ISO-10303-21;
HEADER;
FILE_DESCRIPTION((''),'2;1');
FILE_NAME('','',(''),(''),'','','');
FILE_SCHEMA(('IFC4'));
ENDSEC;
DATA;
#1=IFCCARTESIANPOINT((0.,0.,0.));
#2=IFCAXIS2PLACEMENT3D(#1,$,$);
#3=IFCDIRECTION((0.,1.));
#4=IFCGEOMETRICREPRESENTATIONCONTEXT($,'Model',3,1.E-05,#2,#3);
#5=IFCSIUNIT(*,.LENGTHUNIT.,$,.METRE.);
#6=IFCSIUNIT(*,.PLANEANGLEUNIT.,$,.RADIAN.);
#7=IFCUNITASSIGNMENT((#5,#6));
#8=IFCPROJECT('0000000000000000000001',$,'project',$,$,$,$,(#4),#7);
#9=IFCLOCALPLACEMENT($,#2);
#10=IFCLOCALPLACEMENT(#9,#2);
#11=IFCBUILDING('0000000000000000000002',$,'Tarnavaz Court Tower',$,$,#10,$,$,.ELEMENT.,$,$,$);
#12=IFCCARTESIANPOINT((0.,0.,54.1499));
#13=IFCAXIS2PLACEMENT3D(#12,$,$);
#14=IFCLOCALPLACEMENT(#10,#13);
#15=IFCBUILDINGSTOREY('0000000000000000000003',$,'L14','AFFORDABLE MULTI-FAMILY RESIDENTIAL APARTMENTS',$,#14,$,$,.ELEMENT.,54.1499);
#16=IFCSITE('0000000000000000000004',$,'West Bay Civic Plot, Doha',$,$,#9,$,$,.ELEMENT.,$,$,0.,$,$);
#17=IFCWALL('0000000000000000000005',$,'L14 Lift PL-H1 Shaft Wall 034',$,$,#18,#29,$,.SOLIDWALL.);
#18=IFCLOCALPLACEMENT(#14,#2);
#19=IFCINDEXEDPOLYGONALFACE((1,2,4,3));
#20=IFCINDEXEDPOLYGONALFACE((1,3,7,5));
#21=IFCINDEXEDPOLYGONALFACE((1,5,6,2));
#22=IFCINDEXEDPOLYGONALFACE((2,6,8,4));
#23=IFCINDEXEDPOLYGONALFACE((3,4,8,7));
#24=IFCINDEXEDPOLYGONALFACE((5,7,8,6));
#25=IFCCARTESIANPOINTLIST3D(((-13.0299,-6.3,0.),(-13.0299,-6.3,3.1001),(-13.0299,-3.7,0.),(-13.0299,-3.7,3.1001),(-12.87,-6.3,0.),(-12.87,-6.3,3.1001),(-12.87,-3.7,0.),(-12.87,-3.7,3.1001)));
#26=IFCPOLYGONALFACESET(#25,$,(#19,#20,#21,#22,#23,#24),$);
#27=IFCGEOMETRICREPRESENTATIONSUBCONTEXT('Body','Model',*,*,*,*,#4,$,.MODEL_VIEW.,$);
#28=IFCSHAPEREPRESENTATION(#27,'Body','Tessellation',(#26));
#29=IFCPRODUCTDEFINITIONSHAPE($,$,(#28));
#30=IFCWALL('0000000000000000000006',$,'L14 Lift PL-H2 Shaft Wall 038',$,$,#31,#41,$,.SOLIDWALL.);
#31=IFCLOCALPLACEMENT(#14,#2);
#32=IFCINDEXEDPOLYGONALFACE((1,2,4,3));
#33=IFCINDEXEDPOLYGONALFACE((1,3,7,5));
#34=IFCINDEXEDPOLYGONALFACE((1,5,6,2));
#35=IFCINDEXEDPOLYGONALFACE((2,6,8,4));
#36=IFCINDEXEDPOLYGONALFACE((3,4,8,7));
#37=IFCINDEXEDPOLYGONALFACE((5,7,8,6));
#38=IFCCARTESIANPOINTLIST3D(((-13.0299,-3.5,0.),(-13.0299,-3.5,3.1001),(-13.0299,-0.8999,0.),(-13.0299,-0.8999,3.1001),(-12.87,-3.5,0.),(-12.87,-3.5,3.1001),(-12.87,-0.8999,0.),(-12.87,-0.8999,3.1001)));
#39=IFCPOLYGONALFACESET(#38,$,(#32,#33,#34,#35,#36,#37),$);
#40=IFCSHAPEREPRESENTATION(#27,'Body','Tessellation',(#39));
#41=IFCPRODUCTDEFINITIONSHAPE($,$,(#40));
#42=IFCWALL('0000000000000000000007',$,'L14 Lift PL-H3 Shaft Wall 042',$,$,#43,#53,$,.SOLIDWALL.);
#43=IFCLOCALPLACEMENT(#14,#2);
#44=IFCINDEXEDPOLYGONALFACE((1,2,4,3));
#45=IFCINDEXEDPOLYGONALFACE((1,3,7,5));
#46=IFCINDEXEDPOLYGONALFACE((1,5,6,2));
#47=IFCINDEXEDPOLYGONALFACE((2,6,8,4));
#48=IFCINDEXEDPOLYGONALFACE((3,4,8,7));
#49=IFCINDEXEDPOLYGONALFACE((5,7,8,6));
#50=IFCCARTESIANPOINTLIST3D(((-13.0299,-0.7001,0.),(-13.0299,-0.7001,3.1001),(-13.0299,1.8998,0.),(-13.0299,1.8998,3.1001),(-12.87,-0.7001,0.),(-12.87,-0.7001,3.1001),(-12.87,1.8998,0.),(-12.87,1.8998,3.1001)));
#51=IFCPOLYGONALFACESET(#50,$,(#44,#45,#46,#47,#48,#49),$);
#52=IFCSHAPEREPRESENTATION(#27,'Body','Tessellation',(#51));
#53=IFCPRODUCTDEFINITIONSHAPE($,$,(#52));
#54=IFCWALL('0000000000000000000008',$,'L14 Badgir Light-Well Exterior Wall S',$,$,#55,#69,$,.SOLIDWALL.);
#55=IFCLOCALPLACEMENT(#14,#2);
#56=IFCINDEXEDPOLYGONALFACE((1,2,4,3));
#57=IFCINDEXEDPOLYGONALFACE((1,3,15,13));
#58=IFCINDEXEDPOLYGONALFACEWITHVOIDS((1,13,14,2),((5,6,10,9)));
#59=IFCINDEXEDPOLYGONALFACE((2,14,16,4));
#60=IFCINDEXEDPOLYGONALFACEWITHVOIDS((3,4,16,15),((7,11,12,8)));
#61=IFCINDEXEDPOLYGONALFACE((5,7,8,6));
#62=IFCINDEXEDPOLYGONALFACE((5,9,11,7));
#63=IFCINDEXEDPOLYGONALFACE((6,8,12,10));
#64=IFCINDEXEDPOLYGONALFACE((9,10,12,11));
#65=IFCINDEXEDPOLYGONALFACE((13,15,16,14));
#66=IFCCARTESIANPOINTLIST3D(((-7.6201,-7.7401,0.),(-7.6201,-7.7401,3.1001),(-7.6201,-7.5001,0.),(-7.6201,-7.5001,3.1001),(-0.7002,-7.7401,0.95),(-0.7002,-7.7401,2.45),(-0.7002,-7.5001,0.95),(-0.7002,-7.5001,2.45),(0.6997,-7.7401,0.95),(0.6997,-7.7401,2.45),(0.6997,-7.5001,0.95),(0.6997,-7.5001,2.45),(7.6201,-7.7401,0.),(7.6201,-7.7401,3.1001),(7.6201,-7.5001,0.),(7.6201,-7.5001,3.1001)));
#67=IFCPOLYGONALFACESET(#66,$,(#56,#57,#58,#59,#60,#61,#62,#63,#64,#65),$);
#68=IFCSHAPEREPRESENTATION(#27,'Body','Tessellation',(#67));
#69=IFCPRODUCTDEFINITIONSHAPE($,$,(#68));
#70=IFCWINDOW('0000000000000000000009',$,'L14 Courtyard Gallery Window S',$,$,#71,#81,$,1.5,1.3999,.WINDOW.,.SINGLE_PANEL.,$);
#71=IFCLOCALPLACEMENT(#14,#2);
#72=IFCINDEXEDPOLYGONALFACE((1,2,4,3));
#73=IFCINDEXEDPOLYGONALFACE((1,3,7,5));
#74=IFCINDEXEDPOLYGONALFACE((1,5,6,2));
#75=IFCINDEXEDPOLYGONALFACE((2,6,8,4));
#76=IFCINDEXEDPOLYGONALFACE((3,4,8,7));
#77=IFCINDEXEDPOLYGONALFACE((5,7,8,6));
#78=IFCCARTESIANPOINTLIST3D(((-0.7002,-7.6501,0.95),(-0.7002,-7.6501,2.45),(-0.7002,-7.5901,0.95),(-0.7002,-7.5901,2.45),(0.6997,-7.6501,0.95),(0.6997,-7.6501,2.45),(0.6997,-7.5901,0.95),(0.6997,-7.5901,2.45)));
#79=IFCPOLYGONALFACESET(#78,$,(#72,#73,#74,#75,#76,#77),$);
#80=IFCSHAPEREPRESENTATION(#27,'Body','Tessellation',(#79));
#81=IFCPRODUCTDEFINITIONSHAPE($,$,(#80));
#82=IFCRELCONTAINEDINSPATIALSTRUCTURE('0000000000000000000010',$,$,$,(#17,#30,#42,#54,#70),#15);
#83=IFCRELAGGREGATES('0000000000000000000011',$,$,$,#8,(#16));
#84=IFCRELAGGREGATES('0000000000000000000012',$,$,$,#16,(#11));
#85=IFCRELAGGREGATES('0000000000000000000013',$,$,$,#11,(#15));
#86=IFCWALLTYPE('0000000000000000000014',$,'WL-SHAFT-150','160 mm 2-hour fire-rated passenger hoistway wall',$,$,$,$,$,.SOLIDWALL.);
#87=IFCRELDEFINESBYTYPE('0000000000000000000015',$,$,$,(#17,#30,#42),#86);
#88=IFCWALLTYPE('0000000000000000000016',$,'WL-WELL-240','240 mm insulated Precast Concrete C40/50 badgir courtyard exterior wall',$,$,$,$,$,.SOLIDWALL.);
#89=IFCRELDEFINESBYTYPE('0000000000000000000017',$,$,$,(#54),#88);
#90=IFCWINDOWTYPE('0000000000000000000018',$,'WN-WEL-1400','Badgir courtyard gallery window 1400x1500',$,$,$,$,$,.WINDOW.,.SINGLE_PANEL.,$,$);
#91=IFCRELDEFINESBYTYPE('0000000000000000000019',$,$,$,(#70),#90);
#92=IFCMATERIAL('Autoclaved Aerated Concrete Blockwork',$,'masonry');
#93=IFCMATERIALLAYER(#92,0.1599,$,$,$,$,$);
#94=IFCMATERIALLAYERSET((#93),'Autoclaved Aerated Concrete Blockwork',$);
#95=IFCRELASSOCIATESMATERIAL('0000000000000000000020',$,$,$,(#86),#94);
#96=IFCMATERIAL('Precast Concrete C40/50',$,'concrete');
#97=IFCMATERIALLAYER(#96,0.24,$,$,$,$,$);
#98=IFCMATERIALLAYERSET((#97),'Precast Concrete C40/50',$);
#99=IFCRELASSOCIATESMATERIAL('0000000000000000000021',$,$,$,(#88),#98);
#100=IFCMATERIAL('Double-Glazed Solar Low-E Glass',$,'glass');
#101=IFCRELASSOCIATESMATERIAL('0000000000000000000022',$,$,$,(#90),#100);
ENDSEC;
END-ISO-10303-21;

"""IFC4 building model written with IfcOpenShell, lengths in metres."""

from ifc_helpers import new_model, si_unit, direction, frame, frame_2d, origin, place, context, subcontext, project, spatial, rectangle, extrude, material, layer, layer_set, type_object, element, fill, save


model = new_model("IFC4")

# Units and contexts
model_context = context("Model", 3, precision=1e-05, world=origin(), true_north=direction((0.0, 1.0)))
body_context = subcontext(model_context, "Body", "Model", "MODEL_VIEW")
ifc_project = project(units=[si_unit("LENGTHUNIT", "METRE"), si_unit("PLANEANGLEUNIT", "RADIAN")], contexts=[model_context])

# Site, building, storey
site_placement = place(None, origin())
site = spatial("IfcSite", under=ifc_project, at=site_placement, Name="West Bay Civic Plot, Doha", CompositionType="ELEMENT", RefElevation=0.0)
building_placement = place(site_placement, origin())
building = spatial("IfcBuilding", under=site, at=building_placement, Name="Tarnavaz Court Tower", CompositionType="ELEMENT")
storey_placement = place(building_placement, frame((0.0, 0.0, 54.1499)))
storey = spatial("IfcBuildingStorey", under=building, at=storey_placement, Name="L14", Description="AFFORDABLE MULTI-FAMILY RESIDENTIAL APARTMENTS", CompositionType="ELEMENT", Elevation=54.1499)

# Shared definitions
ifc_material_1 = material(Name="Autoclaved Aerated Concrete Blockwork", Category="masonry")
ifc_layer_1 = layer(ifc_material_1, 0.1599)
ifc_layer_set_1 = layer_set([ifc_layer_1], Name="Autoclaved Aerated Concrete Blockwork")
wall_type_1 = type_object("IfcWallType", Name="WL-SHAFT-150", Description="160 mm 2-hour fire-rated passenger hoistway wall", PredefinedType="SOLIDWALL", material=ifc_layer_set_1)

# Walls
for number, where, z_axis, x_axis, name in (
    (1, (-12.95, -6.3, 0.0), (0.0, 0.0, 1.0), (0.0, 1.0, 0.0), "L14 Lift PL-H1 Shaft Wall 034"),
    (2, (-12.95, -3.5, 0.0), (0.0, 0.0, 1.0), (0.0, 1.0, 0.0), "L14 Lift PL-H2 Shaft Wall 038"),
):
    element("IfcWall", number, at=place(storey_placement, frame(where, z_axis=z_axis, x_axis=x_axis)), inside=storey, type_object=wall_type_1, Name=name, PredefinedType="SOLIDWALL", context=body_context, shape_type="SweptSolid", body=[
        extrude(rectangle(XDim=2.6001, YDim=0.1599, at=frame_2d((1.3, 0.0))), origin(), (0.0, 0.0, 1.0), 3.1001),
    ])
wall_1_placement = place(storey_placement, frame((-12.95, -0.7, 0.0), z_axis=(0.0, 0.0, 1.0), x_axis=(0.0, 1.0, 0.0)))
element("IfcWall", 3, at=wall_1_placement, inside=storey, type_object=wall_type_1, Name="L14 Lift PL-H3 Shaft Wall 042", PredefinedType="SOLIDWALL", context=body_context, shape_type="SweptSolid", body=[
    extrude(rectangle(XDim=2.5999, YDim=0.1599, at=frame_2d((1.2998, 0.0))), origin(), (0.0, 0.0, 1.0), 3.1001),
])

# Wall, opening, window
ifc_material_2 = material(Name="Precast Concrete C40/50", Category="concrete")
ifc_layer_2 = layer(ifc_material_2, 0.24)
ifc_layer_set_2 = layer_set([ifc_layer_2], Name="Precast Concrete C40/50")
wall_type_2 = type_object("IfcWallType", Name="WL-WELL-240", Description="240 mm insulated Precast Concrete C40/50 badgir courtyard exterior wall", PredefinedType="SOLIDWALL", material=ifc_layer_set_2)
wall_2_placement = place(storey_placement, frame((-7.6201, -7.6201, 0.0), z_axis=(0.0, 0.0, 1.0), x_axis=(1.0, 0.0, 0.0)))
wall_2 = element("IfcWall", 4, at=wall_2_placement, inside=storey, type_object=wall_type_2, Name="L14 Badgir Light-Well Exterior Wall S", PredefinedType="SOLIDWALL", context=body_context, shape_type="SweptSolid", body=[
    extrude(rectangle(XDim=15.2402, YDim=0.24, at=frame_2d((7.6201, 0.0))), origin(), (0.0, 0.0, 1.0), 3.1001),
])
opening_1_placement = place(wall_2_placement, frame((6.9199, 0.0, 0.95)))
opening_1 = element("IfcOpeningElement", 5, at=opening_1_placement, cuts=wall_2, PredefinedType="OPENING", context=body_context, shape_type="SweptSolid", body=[
    extrude(rectangle(XDim=1.3999, YDim=1.5, at=frame_2d((0.7, 0.75))), frame((0.0, 0.1299, 0.0), z_axis=(0.0, -1.0, 0.0), x_axis=(1.0, 0.0, 0.0)), (0.0, 0.0, 1.0), 0.26),
])
ifc_material_3 = material(Name="Double-Glazed Solar Low-E Glass", Category="glass")
window_type = type_object("IfcWindowType", Name="WN-WEL-1400", Description="Badgir courtyard gallery window 1400x1500", PartitioningType="SINGLE_PANEL", PredefinedType="WINDOW", material=ifc_material_3)
window_placement = place(opening_1_placement, origin())
window = element("IfcWindow", 6, at=window_placement, inside=storey, type_object=window_type, Name="L14 Courtyard Gallery Window S", OverallHeight=1.5, OverallWidth=1.3999, PartitioningType="SINGLE_PANEL", PredefinedType="WINDOW", context=body_context, shape_type="SweptSolid", body=[
    extrude(rectangle(XDim=1.3999, YDim=1.5, at=frame_2d((0.7, 0.75))), frame((0.0, 0.03, 0.0), z_axis=(0.0, -1.0, 0.0), x_axis=(1.0, 0.0, 0.0)), (0.0, 0.0, 1.0), 0.0601),
])
fill(opening_1, window)

save(model, "model.ifc")
